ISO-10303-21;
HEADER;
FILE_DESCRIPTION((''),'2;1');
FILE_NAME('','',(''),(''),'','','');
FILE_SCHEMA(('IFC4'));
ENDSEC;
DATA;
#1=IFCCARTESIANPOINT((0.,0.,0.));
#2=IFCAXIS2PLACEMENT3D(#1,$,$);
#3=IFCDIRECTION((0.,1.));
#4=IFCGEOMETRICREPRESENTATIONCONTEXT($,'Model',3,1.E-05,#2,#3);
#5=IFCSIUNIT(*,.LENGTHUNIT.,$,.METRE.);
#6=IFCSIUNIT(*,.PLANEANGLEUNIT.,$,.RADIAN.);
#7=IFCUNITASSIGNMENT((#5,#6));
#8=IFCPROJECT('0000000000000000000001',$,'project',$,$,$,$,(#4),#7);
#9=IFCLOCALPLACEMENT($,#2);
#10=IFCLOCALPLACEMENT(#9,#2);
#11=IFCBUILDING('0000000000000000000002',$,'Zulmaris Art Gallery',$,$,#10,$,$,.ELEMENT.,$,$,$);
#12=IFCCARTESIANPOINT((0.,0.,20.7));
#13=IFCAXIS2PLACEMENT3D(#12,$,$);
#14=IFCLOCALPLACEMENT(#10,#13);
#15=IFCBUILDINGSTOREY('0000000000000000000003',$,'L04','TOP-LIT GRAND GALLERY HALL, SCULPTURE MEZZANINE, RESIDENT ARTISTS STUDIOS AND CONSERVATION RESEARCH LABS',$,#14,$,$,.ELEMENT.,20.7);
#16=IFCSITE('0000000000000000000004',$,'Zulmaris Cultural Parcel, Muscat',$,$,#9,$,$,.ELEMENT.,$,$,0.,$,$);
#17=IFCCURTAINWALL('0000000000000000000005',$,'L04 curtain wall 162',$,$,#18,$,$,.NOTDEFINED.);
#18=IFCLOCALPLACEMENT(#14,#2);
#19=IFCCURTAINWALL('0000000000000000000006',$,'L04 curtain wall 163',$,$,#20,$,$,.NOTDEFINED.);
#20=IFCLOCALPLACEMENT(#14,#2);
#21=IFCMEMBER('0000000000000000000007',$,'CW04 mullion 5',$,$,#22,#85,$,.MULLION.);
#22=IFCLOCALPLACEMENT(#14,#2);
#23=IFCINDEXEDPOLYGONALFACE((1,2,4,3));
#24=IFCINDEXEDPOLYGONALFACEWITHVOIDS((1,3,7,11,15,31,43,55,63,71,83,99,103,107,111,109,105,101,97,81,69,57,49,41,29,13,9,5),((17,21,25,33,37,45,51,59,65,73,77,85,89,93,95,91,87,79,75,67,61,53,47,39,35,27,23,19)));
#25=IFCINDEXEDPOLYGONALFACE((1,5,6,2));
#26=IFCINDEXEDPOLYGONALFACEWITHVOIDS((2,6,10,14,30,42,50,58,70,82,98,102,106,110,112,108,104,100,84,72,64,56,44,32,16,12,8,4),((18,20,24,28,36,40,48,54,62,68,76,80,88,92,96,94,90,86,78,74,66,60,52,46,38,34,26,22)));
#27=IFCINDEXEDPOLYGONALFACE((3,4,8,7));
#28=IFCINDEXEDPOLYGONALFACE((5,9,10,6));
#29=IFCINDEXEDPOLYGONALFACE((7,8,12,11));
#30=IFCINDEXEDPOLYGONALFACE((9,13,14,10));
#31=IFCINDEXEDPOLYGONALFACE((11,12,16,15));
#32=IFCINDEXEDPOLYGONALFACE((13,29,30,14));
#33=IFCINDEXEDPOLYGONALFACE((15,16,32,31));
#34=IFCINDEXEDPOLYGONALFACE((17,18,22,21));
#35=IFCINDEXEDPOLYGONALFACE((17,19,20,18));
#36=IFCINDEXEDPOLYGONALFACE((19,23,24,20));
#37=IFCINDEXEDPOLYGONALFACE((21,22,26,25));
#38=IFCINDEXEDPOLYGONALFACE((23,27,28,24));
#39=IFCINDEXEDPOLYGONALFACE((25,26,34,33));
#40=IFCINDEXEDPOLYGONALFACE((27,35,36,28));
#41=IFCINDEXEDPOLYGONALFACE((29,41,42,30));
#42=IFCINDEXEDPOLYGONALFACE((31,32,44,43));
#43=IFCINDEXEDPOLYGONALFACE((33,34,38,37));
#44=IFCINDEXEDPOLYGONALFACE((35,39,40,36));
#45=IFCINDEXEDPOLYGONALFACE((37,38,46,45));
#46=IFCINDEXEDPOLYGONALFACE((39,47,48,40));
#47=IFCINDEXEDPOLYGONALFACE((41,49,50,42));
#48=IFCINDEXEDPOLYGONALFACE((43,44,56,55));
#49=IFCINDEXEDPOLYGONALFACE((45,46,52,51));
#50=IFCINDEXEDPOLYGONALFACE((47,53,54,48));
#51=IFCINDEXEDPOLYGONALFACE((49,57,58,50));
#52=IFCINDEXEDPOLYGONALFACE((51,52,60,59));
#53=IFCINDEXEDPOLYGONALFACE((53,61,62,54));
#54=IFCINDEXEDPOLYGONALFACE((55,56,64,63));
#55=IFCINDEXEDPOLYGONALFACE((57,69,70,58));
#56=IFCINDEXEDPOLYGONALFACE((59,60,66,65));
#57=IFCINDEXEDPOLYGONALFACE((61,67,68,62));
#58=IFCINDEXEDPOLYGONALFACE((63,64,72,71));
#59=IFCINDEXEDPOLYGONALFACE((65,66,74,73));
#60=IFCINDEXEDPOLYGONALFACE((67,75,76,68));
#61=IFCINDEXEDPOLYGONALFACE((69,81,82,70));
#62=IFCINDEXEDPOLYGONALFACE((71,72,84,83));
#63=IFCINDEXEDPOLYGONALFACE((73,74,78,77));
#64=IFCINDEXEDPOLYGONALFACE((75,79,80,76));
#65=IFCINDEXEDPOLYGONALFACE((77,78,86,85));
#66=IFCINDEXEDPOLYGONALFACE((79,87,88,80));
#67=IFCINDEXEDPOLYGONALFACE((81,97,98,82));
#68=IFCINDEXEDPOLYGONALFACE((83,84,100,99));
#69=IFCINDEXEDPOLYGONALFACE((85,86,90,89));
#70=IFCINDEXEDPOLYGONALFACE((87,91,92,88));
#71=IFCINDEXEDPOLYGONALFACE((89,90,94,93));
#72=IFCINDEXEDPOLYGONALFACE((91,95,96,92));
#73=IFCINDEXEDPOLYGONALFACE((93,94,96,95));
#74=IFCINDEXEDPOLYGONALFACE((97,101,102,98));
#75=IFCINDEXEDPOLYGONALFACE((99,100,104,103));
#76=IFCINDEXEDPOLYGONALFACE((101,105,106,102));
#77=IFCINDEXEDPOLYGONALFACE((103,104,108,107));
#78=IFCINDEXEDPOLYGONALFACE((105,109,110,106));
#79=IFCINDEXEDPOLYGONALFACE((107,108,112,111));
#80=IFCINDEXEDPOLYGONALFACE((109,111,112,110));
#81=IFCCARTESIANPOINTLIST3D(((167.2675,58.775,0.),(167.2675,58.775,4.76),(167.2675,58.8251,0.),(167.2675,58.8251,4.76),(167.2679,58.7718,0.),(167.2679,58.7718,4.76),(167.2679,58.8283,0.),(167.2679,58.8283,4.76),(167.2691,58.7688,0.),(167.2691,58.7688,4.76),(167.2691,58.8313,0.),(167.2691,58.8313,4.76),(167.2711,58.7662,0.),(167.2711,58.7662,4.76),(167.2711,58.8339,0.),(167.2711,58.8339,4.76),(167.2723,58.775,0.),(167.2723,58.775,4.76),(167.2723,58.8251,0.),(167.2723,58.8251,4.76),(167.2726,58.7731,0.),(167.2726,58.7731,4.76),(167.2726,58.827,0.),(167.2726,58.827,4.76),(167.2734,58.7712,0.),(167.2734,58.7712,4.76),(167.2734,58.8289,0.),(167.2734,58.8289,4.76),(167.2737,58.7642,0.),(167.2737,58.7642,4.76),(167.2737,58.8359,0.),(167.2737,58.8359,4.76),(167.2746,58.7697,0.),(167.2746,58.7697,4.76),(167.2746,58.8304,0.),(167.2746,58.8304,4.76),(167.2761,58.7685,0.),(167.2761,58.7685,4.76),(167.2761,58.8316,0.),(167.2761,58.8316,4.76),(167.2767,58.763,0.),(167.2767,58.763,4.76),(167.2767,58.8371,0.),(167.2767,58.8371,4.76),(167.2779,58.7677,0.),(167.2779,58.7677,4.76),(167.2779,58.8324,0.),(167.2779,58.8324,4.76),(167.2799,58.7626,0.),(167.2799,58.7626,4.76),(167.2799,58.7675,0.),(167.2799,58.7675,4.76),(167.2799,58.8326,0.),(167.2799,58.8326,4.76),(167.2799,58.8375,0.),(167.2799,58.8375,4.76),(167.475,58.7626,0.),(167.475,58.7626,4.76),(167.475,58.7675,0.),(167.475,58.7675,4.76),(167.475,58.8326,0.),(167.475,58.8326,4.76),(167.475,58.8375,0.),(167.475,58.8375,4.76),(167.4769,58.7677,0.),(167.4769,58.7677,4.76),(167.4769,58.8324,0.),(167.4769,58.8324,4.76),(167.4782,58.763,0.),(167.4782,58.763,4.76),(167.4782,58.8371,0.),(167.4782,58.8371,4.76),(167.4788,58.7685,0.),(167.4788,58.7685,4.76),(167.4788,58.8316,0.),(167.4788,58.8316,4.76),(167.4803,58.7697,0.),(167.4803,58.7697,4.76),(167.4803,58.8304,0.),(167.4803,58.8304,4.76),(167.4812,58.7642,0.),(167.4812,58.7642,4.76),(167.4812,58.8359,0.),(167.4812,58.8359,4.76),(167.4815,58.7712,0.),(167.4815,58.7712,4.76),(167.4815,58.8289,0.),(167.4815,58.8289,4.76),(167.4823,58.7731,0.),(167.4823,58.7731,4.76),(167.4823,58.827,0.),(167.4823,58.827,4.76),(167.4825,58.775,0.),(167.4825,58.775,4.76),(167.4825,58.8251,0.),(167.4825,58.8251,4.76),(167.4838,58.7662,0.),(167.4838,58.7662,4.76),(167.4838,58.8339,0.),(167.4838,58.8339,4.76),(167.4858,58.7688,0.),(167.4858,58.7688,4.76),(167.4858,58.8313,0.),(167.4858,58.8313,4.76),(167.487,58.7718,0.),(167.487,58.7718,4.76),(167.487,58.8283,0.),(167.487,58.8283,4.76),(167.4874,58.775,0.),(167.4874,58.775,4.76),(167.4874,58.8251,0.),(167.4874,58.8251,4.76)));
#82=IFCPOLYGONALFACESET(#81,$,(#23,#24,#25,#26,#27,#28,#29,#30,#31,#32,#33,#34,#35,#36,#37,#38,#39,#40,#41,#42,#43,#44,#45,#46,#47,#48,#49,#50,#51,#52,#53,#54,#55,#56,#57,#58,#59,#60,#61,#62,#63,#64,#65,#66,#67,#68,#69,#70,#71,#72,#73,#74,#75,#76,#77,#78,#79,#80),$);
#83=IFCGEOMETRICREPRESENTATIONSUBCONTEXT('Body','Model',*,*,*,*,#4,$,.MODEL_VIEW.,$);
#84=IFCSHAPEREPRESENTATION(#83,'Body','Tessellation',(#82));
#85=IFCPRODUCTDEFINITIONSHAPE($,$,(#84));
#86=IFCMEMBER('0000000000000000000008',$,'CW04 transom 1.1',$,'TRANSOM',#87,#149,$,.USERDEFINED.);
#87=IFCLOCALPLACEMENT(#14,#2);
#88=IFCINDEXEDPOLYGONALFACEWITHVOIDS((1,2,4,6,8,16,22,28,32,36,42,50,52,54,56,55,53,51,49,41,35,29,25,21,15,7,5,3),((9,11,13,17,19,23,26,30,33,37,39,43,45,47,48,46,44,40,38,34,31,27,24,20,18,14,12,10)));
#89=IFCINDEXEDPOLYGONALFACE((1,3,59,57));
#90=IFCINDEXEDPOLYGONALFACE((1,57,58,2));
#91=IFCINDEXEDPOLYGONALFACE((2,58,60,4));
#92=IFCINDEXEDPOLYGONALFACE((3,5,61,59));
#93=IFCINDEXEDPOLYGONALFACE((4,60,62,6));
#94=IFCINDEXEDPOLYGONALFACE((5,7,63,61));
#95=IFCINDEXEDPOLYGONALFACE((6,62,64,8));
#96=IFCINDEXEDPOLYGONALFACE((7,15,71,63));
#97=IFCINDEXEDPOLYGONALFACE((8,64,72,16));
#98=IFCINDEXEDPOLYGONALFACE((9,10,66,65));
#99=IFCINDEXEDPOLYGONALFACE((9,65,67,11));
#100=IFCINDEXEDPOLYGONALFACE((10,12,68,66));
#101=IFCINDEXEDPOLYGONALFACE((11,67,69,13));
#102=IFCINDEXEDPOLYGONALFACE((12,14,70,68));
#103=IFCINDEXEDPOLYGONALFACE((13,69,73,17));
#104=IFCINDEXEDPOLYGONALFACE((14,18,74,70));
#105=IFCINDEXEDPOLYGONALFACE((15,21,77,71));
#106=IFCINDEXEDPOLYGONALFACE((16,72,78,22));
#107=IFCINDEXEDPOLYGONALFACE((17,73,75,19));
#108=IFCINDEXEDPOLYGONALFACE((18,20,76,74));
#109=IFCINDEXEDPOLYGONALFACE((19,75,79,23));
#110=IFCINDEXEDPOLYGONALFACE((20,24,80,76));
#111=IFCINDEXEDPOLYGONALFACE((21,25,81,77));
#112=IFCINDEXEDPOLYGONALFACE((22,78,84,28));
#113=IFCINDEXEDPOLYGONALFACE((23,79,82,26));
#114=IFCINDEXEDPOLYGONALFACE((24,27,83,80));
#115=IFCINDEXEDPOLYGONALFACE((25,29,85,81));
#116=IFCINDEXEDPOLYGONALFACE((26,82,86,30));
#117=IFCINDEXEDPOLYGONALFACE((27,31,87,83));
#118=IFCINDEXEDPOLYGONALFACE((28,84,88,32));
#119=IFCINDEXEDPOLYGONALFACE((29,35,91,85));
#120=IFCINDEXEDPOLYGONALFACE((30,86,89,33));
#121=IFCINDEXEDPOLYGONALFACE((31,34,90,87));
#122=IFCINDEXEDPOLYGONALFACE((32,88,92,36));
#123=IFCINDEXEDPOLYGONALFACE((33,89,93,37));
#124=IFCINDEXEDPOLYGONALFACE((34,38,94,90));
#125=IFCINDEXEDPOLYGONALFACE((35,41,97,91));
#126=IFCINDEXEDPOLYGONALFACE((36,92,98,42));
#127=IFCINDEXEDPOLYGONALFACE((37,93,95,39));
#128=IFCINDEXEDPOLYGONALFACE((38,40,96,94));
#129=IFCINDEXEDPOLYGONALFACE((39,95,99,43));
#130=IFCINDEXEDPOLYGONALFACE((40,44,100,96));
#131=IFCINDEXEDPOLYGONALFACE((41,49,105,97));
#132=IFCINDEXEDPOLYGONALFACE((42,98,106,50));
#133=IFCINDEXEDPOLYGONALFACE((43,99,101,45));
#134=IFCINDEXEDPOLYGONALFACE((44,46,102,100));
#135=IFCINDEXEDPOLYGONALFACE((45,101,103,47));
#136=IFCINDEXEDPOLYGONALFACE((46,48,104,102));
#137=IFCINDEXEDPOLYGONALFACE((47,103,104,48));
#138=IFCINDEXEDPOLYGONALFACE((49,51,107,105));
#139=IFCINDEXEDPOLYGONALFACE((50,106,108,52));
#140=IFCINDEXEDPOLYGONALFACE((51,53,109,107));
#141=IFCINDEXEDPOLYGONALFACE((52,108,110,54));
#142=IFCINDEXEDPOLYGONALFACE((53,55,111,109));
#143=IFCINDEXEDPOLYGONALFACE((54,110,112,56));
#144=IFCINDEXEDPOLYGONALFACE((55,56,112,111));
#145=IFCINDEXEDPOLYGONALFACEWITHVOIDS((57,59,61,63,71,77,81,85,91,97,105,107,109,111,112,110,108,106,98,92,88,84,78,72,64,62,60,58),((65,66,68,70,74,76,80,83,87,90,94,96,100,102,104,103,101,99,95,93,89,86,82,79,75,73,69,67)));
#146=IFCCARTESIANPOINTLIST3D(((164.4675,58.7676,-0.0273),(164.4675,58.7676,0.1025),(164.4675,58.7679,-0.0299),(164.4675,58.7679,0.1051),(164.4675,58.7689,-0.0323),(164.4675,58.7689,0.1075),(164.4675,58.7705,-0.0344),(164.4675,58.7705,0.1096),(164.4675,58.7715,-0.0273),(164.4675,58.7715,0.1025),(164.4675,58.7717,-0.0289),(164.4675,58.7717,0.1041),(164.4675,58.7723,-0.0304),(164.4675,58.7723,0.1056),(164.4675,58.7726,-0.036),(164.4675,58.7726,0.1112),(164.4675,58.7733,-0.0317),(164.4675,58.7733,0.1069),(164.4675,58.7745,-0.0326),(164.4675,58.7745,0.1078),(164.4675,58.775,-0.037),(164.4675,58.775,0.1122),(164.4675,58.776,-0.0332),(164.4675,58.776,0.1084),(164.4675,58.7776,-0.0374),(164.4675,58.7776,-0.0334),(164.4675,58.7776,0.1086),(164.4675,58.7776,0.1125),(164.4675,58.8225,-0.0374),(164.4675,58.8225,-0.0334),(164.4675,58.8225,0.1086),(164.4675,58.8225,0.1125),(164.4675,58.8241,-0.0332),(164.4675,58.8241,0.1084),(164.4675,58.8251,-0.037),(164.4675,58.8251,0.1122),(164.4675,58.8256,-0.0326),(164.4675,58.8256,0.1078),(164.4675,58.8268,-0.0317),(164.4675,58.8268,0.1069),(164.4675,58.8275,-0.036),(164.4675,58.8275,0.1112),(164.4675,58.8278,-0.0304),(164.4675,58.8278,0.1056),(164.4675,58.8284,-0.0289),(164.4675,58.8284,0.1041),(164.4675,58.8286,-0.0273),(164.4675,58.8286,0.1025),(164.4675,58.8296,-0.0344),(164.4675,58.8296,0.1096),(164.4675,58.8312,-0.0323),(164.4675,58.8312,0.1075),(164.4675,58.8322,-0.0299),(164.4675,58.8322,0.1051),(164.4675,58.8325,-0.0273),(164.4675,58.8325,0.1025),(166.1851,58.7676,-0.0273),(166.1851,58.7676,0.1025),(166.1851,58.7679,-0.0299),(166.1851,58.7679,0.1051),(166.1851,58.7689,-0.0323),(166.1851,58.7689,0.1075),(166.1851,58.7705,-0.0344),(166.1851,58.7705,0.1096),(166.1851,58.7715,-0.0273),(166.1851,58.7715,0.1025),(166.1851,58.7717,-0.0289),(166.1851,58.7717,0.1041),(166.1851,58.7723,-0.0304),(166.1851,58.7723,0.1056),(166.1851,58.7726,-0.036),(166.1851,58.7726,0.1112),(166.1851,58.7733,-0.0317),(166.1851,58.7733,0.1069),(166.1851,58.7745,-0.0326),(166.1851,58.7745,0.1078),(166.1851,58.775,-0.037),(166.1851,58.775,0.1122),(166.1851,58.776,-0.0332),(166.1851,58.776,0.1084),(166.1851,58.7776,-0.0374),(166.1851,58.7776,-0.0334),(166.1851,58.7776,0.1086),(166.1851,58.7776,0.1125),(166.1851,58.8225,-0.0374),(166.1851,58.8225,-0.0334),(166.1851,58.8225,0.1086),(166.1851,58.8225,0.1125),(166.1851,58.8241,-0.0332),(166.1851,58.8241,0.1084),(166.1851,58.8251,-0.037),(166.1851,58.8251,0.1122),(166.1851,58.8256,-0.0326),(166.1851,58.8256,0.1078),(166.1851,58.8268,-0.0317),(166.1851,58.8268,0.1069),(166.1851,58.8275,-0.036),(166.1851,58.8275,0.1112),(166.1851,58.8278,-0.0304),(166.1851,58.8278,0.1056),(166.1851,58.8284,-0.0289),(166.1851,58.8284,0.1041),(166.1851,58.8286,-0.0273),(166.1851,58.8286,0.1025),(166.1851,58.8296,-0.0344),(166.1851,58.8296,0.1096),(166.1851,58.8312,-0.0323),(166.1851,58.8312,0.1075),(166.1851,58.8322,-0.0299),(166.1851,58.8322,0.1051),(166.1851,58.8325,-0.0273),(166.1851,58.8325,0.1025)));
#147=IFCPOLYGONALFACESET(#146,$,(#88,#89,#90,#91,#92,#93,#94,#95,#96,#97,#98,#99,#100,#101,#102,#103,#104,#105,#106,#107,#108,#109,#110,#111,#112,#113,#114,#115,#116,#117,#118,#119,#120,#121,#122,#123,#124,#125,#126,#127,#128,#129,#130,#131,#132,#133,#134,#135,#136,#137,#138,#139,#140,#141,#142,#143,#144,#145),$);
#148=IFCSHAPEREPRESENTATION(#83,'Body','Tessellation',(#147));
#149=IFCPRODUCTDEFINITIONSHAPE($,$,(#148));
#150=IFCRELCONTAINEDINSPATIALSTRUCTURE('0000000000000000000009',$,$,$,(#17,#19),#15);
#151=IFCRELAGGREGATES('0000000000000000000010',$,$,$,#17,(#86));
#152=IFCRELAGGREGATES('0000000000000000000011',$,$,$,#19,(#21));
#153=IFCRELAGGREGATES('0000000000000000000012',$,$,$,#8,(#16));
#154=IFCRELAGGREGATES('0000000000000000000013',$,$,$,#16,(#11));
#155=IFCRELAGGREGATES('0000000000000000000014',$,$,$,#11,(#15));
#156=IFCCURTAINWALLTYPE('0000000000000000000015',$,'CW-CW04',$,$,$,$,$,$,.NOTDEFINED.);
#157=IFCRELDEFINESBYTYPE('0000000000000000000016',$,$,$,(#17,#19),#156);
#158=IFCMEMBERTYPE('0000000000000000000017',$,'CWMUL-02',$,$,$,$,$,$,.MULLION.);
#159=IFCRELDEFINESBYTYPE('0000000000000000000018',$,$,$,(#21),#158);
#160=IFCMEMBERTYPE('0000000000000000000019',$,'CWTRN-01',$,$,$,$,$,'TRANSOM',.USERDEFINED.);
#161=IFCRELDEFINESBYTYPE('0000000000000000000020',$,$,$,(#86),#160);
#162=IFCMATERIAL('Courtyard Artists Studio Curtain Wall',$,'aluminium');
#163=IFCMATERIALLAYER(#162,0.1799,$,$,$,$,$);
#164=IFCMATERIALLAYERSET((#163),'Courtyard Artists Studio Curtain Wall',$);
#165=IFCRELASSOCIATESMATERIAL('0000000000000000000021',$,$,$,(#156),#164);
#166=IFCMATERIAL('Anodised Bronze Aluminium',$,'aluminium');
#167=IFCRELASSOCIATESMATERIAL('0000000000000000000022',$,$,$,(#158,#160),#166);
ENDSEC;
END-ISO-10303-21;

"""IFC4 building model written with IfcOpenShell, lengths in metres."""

from ifc_helpers import new_model, si_unit, direction, frame, origin, origin_2d, place, context, subcontext, project, spatial, hollow_rectangle, extrude, material, layer, layer_set, material_profile, profile_set, type_object, element, aggregate, save


model = new_model("IFC4")

# Units and contexts
model_context = context("Model", 3, precision=1e-05, world=origin(), true_north=direction((0.0, 1.0)))
body_context = subcontext(model_context, "Body", "Model", "MODEL_VIEW")
ifc_project = project(units=[si_unit("LENGTHUNIT", "METRE"), si_unit("PLANEANGLEUNIT", "RADIAN")], contexts=[model_context])

# Site, building, storey
site_placement = place(None, origin())
site = spatial("IfcSite", under=ifc_project, at=site_placement, Name="Zulmaris Cultural Parcel, Muscat", CompositionType="ELEMENT", RefElevation=0.0)
building_placement = place(site_placement, origin())
building = spatial("IfcBuilding", under=site, at=building_placement, Name="Zulmaris Art Gallery", CompositionType="ELEMENT")
storey_placement = place(building_placement, frame((0.0, 0.0, 20.7)))
storey = spatial("IfcBuildingStorey", under=building, at=storey_placement, Name="L04", Description="TOP-LIT GRAND GALLERY HALL, SCULPTURE MEZZANINE, RESIDENT ARTISTS STUDIOS AND CONSERVATION RESEARCH LABS", CompositionType="ELEMENT", Elevation=20.7)

# Curtain wall
ifc_material_1 = material(Name="Courtyard Artists Studio Curtain Wall", Category="aluminium")
ifc_layer_1 = layer(ifc_material_1, 0.1799)
ifc_layer_set_1 = layer_set([ifc_layer_1], Name="Courtyard Artists Studio Curtain Wall")
curtain_wall_type = type_object("IfcCurtainWallType", Name="CW-CW04", PredefinedType="NOTDEFINED", material=ifc_layer_set_1)
curtain_wall_1_placement = place(storey_placement, origin())
curtain_wall_1 = element("IfcCurtainWall", 1, at=curtain_wall_1_placement, inside=storey, type_object=curtain_wall_type, Name="L04 curtain wall 162", PredefinedType="NOTDEFINED")
ifc_material_2 = material(Name="Anodised Bronze Aluminium", Category="aluminium")
ifc_material_profile_1 = material_profile(ifc_material_2, hollow_rectangle(XDim=0.075, YDim=0.22, WallThickness=0.0049, InnerFilletRadius=0.0076, OuterFilletRadius=0.0125, at=origin_2d()), Name="ALU 75x220x5")
ifc_profile_set_1 = profile_set([ifc_material_profile_1], Name="Anodised Bronze Aluminium")
member_type_1 = type_object("IfcMemberType", Name="CWMUL-02", PredefinedType="MULLION", material=ifc_profile_set_1)

# Curtain wall, member
curtain_wall_2_placement = place(storey_placement, origin())
curtain_wall_2 = element("IfcCurtainWall", 2, at=curtain_wall_2_placement, inside=storey, type_object=curtain_wall_type, Name="L04 curtain wall 163", PredefinedType="NOTDEFINED")
member_1_placement = place(storey_placement, frame((167.3774, 58.8, 0.0), z_axis=(0.0, 0.0, 1.0), x_axis=(0.0, -1.0, 0.0)))
member_1 = element("IfcMember", 3, at=member_1_placement, type_object=member_type_1, Name="CW04 mullion 5", PredefinedType="MULLION", context=body_context, shape_type="SweptSolid", body=[
    extrude(hollow_rectangle(XDim=0.075, YDim=0.22, WallThickness=0.0049, InnerFilletRadius=0.0076, OuterFilletRadius=0.0125, at=origin_2d()), origin(), (0.0, 0.0, 1.0), 4.76),
])

# Member
ifc_material_profile_2 = material_profile(ifc_material_2, hollow_rectangle(XDim=0.0649, YDim=0.1499, WallThickness=0.0039, InnerFilletRadius=0.0061, OuterFilletRadius=0.01, at=origin_2d()), Name="ALU 65x150x4")
ifc_profile_set_2 = profile_set([ifc_material_profile_2], Name="Anodised Bronze Aluminium")
member_type_2 = type_object("IfcMemberType", Name="CWTRN-01", ElementType="TRANSOM", PredefinedType="USERDEFINED", material=ifc_profile_set_2)
member_2_placement = place(storey_placement, frame((166.1851, 58.8, 0.0376), z_axis=(-1.0, 0.0, 0.0), x_axis=(0.0, -1.0, 0.0)))
member_2 = element("IfcMember", 4, at=member_2_placement, type_object=member_type_2, Name="CW04 transom 1.1", ObjectType="TRANSOM", PredefinedType="USERDEFINED", context=body_context, shape_type="SweptSolid", body=[
    extrude(hollow_rectangle(XDim=0.0649, YDim=0.1499, WallThickness=0.0039, InnerFilletRadius=0.0061, OuterFilletRadius=0.01, at=origin_2d()), origin(), (0.0, 0.0, 1.0), 1.7175),
])

aggregate(curtain_wall_1, [member_2])
aggregate(curtain_wall_2, [member_1])

save(model, "model.ifc")
